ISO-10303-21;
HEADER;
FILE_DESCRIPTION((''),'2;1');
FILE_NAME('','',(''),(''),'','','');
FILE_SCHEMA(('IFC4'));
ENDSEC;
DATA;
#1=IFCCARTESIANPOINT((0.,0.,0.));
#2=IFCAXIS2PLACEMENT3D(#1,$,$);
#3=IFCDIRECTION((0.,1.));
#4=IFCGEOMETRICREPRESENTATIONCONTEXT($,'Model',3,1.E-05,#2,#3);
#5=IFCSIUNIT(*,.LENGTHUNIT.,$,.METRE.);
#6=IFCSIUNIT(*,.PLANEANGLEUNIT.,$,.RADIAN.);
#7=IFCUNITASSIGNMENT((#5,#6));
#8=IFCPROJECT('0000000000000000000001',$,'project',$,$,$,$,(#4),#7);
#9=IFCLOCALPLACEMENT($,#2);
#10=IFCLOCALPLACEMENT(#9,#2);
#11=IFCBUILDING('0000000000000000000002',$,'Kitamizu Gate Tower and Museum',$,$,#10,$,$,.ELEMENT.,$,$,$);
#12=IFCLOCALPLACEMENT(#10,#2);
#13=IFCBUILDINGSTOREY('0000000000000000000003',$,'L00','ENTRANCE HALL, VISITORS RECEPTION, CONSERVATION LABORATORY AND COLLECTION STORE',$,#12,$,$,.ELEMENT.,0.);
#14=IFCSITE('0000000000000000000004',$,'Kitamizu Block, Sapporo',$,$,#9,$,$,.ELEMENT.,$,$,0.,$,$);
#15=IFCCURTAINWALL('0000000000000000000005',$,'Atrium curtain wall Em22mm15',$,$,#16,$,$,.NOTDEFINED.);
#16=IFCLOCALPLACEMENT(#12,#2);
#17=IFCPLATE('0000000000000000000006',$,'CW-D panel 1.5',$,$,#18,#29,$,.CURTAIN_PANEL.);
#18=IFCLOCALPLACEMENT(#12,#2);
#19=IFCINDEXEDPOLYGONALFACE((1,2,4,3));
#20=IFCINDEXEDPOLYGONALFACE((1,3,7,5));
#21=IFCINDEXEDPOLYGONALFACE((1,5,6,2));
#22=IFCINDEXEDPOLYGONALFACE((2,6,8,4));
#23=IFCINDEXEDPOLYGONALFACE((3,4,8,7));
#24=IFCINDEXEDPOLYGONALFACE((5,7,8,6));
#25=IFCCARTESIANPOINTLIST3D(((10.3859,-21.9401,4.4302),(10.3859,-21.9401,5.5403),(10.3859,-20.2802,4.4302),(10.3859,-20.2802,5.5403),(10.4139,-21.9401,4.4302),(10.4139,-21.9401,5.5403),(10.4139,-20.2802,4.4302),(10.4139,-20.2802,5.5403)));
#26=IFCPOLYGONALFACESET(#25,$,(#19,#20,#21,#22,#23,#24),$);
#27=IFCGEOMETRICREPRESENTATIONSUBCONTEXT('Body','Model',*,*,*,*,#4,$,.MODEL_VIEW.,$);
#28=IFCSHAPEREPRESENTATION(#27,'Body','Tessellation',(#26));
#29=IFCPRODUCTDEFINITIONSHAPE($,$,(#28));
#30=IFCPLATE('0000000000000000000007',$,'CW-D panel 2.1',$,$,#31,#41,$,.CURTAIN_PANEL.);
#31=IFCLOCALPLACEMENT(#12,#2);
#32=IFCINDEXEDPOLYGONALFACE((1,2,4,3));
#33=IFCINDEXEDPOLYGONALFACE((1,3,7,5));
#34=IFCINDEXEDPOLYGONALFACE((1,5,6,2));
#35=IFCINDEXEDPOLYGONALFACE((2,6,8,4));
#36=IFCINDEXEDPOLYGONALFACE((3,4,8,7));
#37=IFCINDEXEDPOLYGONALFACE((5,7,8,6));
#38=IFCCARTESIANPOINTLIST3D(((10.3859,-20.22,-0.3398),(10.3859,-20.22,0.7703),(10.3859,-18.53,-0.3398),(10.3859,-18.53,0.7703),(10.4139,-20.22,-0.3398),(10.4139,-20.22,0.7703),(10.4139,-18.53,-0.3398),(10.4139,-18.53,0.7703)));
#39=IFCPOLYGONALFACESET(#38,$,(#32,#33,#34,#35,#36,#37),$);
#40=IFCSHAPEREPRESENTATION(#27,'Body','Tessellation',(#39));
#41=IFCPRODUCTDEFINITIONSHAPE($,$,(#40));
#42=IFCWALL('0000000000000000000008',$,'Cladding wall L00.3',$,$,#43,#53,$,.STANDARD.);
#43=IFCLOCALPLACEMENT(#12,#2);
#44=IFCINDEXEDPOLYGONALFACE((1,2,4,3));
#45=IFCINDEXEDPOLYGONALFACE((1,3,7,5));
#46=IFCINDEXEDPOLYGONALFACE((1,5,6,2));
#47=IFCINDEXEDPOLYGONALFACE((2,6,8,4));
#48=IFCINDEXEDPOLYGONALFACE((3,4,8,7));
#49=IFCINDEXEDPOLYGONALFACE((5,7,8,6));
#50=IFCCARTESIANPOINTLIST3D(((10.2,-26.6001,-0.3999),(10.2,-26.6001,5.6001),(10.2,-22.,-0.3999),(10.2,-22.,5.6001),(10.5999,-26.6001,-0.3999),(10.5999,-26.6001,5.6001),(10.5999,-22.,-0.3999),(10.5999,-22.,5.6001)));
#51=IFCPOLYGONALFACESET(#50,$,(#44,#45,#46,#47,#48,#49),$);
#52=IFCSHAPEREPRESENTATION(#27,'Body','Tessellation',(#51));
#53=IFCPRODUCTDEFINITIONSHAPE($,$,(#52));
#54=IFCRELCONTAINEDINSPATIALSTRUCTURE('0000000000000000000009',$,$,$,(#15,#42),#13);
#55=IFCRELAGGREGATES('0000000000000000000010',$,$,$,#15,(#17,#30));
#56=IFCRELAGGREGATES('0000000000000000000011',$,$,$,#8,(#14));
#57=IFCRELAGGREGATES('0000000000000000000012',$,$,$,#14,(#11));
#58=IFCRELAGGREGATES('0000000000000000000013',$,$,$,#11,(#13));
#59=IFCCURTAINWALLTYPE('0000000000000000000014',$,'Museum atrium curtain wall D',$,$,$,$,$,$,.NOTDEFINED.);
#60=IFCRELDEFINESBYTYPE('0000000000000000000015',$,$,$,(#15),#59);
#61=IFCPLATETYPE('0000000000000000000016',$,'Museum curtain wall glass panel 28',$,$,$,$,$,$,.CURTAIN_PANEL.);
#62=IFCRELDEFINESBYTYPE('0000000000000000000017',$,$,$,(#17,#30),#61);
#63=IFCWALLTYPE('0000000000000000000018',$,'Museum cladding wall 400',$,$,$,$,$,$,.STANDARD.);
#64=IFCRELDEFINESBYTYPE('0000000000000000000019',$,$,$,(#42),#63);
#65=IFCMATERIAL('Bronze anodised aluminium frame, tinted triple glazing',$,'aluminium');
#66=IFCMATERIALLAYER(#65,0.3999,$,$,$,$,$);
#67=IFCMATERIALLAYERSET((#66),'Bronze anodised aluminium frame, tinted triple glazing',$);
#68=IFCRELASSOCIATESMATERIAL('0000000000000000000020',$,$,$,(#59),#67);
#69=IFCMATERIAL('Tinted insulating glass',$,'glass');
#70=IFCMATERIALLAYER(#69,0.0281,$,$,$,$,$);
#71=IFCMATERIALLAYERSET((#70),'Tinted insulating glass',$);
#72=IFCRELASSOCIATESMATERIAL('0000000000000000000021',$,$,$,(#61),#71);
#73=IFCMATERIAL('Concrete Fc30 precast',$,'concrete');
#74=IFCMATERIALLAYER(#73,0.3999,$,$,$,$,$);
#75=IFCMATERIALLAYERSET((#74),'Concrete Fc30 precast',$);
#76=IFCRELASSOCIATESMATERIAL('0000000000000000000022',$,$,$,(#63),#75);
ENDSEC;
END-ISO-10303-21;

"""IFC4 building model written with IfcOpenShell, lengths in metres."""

from ifc_helpers import new_model, si_unit, direction, frame, frame_2d, origin, origin_2d, place, context, subcontext, project, spatial, rectangle, extrude, material, layer, layer_set, type_object, element, aggregate, save


model = new_model("IFC4")

# Units and contexts
model_context = context("Model", 3, precision=1e-05, world=origin(), true_north=direction((0.0, 1.0)))
body_context = subcontext(model_context, "Body", "Model", "MODEL_VIEW")
ifc_project = project(units=[si_unit("LENGTHUNIT", "METRE"), si_unit("PLANEANGLEUNIT", "RADIAN")], contexts=[model_context])

# Site, building, storey
site_placement = place(None, origin())
site = spatial("IfcSite", under=ifc_project, at=site_placement, Name="Kitamizu Block, Sapporo", CompositionType="ELEMENT", RefElevation=0.0)
building_placement = place(site_placement, origin())
building = spatial("IfcBuilding", under=site, at=building_placement, Name="Kitamizu Gate Tower and Museum", CompositionType="ELEMENT")
storey_placement = place(building_placement, origin())
storey = spatial("IfcBuildingStorey", under=building, at=storey_placement, Name="L00", Description="ENTRANCE HALL, VISITORS RECEPTION, CONSERVATION LABORATORY AND COLLECTION STORE", CompositionType="ELEMENT", Elevation=0.0)

# Curtain wall, plates
ifc_material_1 = material(Name="Bronze anodised aluminium frame, tinted triple glazing", Category="aluminium")
ifc_layer_1 = layer(ifc_material_1, 0.3999)
ifc_layer_set_1 = layer_set([ifc_layer_1], Name="Bronze anodised aluminium frame, tinted triple glazing")
curtain_wall_type = type_object("IfcCurtainWallType", Name="Museum atrium curtain wall D", PredefinedType="NOTDEFINED", material=ifc_layer_set_1)
curtain_wall_placement = place(storey_placement, origin())
curtain_wall = element("IfcCurtainWall", 1, at=curtain_wall_placement, inside=storey, type_object=curtain_wall_type, Name="Atrium curtain wall Em22mm15", PredefinedType="NOTDEFINED")
ifc_material_2 = material(Name="Tinted insulating glass", Category="glass")
ifc_layer_2 = layer(ifc_material_2, 0.0281)
ifc_layer_set_2 = layer_set([ifc_layer_2], Name="Tinted insulating glass")
plate_type = type_object("IfcPlateType", Name="Museum curtain wall glass panel 28", PredefinedType="CURTAIN_PANEL", material=ifc_layer_set_2)
plate_1_placement = place(storey_placement, frame((10.3999, -21.1101, 4.4302), z_axis=(0.0, 0.0, 1.0), x_axis=(0.0, 1.0, 0.0)))
plate_1 = element("IfcPlate", 2, at=plate_1_placement, type_object=plate_type, Name="CW-D panel 1.5", PredefinedType="CURTAIN_PANEL", context=body_context, shape_type="SweptSolid", body=[
    extrude(rectangle(XDim=1.6599, YDim=0.0281, at=origin_2d()), origin(), (0.0, 0.0, 1.0), 1.1101),
])
plate_2_placement = place(storey_placement, frame((10.3999, -19.375, -0.3398), z_axis=(0.0, 0.0, 1.0), x_axis=(0.0, 1.0, 0.0)))
plate_2 = element("IfcPlate", 3, at=plate_2_placement, type_object=plate_type, Name="CW-D panel 2.1", PredefinedType="CURTAIN_PANEL", context=body_context, shape_type="SweptSolid", body=[
    extrude(rectangle(XDim=1.6899, YDim=0.0281, at=origin_2d()), origin(), (0.0, 0.0, 1.0), 1.1101),
])
aggregate(curtain_wall, [plate_1, plate_2])

# Wall
ifc_material_3 = material(Name="Concrete Fc30 precast", Category="concrete")
ifc_layer_3 = layer(ifc_material_3, 0.3999)
ifc_layer_set_3 = layer_set([ifc_layer_3], Name="Concrete Fc30 precast")
wall_type = type_object("IfcWallType", Name="Museum cladding wall 400", PredefinedType="STANDARD", material=ifc_layer_set_3)
wall_placement = place(storey_placement, frame((10.3999, -26.6001, -0.3999), z_axis=(0.0, 0.0, 1.0), x_axis=(0.0, 1.0, 0.0)))
element("IfcWall", 4, at=wall_placement, inside=storey, type_object=wall_type, Name="Cladding wall L00.3", PredefinedType="STANDARD", context=body_context, shape_type="SweptSolid", body=[
    extrude(rectangle(XDim=4.6001, YDim=0.3999, at=frame_2d((2.3, 0.0))), origin(), (0.0, 0.0, 1.0), 6.0),
])

save(model, "model.ifc")
